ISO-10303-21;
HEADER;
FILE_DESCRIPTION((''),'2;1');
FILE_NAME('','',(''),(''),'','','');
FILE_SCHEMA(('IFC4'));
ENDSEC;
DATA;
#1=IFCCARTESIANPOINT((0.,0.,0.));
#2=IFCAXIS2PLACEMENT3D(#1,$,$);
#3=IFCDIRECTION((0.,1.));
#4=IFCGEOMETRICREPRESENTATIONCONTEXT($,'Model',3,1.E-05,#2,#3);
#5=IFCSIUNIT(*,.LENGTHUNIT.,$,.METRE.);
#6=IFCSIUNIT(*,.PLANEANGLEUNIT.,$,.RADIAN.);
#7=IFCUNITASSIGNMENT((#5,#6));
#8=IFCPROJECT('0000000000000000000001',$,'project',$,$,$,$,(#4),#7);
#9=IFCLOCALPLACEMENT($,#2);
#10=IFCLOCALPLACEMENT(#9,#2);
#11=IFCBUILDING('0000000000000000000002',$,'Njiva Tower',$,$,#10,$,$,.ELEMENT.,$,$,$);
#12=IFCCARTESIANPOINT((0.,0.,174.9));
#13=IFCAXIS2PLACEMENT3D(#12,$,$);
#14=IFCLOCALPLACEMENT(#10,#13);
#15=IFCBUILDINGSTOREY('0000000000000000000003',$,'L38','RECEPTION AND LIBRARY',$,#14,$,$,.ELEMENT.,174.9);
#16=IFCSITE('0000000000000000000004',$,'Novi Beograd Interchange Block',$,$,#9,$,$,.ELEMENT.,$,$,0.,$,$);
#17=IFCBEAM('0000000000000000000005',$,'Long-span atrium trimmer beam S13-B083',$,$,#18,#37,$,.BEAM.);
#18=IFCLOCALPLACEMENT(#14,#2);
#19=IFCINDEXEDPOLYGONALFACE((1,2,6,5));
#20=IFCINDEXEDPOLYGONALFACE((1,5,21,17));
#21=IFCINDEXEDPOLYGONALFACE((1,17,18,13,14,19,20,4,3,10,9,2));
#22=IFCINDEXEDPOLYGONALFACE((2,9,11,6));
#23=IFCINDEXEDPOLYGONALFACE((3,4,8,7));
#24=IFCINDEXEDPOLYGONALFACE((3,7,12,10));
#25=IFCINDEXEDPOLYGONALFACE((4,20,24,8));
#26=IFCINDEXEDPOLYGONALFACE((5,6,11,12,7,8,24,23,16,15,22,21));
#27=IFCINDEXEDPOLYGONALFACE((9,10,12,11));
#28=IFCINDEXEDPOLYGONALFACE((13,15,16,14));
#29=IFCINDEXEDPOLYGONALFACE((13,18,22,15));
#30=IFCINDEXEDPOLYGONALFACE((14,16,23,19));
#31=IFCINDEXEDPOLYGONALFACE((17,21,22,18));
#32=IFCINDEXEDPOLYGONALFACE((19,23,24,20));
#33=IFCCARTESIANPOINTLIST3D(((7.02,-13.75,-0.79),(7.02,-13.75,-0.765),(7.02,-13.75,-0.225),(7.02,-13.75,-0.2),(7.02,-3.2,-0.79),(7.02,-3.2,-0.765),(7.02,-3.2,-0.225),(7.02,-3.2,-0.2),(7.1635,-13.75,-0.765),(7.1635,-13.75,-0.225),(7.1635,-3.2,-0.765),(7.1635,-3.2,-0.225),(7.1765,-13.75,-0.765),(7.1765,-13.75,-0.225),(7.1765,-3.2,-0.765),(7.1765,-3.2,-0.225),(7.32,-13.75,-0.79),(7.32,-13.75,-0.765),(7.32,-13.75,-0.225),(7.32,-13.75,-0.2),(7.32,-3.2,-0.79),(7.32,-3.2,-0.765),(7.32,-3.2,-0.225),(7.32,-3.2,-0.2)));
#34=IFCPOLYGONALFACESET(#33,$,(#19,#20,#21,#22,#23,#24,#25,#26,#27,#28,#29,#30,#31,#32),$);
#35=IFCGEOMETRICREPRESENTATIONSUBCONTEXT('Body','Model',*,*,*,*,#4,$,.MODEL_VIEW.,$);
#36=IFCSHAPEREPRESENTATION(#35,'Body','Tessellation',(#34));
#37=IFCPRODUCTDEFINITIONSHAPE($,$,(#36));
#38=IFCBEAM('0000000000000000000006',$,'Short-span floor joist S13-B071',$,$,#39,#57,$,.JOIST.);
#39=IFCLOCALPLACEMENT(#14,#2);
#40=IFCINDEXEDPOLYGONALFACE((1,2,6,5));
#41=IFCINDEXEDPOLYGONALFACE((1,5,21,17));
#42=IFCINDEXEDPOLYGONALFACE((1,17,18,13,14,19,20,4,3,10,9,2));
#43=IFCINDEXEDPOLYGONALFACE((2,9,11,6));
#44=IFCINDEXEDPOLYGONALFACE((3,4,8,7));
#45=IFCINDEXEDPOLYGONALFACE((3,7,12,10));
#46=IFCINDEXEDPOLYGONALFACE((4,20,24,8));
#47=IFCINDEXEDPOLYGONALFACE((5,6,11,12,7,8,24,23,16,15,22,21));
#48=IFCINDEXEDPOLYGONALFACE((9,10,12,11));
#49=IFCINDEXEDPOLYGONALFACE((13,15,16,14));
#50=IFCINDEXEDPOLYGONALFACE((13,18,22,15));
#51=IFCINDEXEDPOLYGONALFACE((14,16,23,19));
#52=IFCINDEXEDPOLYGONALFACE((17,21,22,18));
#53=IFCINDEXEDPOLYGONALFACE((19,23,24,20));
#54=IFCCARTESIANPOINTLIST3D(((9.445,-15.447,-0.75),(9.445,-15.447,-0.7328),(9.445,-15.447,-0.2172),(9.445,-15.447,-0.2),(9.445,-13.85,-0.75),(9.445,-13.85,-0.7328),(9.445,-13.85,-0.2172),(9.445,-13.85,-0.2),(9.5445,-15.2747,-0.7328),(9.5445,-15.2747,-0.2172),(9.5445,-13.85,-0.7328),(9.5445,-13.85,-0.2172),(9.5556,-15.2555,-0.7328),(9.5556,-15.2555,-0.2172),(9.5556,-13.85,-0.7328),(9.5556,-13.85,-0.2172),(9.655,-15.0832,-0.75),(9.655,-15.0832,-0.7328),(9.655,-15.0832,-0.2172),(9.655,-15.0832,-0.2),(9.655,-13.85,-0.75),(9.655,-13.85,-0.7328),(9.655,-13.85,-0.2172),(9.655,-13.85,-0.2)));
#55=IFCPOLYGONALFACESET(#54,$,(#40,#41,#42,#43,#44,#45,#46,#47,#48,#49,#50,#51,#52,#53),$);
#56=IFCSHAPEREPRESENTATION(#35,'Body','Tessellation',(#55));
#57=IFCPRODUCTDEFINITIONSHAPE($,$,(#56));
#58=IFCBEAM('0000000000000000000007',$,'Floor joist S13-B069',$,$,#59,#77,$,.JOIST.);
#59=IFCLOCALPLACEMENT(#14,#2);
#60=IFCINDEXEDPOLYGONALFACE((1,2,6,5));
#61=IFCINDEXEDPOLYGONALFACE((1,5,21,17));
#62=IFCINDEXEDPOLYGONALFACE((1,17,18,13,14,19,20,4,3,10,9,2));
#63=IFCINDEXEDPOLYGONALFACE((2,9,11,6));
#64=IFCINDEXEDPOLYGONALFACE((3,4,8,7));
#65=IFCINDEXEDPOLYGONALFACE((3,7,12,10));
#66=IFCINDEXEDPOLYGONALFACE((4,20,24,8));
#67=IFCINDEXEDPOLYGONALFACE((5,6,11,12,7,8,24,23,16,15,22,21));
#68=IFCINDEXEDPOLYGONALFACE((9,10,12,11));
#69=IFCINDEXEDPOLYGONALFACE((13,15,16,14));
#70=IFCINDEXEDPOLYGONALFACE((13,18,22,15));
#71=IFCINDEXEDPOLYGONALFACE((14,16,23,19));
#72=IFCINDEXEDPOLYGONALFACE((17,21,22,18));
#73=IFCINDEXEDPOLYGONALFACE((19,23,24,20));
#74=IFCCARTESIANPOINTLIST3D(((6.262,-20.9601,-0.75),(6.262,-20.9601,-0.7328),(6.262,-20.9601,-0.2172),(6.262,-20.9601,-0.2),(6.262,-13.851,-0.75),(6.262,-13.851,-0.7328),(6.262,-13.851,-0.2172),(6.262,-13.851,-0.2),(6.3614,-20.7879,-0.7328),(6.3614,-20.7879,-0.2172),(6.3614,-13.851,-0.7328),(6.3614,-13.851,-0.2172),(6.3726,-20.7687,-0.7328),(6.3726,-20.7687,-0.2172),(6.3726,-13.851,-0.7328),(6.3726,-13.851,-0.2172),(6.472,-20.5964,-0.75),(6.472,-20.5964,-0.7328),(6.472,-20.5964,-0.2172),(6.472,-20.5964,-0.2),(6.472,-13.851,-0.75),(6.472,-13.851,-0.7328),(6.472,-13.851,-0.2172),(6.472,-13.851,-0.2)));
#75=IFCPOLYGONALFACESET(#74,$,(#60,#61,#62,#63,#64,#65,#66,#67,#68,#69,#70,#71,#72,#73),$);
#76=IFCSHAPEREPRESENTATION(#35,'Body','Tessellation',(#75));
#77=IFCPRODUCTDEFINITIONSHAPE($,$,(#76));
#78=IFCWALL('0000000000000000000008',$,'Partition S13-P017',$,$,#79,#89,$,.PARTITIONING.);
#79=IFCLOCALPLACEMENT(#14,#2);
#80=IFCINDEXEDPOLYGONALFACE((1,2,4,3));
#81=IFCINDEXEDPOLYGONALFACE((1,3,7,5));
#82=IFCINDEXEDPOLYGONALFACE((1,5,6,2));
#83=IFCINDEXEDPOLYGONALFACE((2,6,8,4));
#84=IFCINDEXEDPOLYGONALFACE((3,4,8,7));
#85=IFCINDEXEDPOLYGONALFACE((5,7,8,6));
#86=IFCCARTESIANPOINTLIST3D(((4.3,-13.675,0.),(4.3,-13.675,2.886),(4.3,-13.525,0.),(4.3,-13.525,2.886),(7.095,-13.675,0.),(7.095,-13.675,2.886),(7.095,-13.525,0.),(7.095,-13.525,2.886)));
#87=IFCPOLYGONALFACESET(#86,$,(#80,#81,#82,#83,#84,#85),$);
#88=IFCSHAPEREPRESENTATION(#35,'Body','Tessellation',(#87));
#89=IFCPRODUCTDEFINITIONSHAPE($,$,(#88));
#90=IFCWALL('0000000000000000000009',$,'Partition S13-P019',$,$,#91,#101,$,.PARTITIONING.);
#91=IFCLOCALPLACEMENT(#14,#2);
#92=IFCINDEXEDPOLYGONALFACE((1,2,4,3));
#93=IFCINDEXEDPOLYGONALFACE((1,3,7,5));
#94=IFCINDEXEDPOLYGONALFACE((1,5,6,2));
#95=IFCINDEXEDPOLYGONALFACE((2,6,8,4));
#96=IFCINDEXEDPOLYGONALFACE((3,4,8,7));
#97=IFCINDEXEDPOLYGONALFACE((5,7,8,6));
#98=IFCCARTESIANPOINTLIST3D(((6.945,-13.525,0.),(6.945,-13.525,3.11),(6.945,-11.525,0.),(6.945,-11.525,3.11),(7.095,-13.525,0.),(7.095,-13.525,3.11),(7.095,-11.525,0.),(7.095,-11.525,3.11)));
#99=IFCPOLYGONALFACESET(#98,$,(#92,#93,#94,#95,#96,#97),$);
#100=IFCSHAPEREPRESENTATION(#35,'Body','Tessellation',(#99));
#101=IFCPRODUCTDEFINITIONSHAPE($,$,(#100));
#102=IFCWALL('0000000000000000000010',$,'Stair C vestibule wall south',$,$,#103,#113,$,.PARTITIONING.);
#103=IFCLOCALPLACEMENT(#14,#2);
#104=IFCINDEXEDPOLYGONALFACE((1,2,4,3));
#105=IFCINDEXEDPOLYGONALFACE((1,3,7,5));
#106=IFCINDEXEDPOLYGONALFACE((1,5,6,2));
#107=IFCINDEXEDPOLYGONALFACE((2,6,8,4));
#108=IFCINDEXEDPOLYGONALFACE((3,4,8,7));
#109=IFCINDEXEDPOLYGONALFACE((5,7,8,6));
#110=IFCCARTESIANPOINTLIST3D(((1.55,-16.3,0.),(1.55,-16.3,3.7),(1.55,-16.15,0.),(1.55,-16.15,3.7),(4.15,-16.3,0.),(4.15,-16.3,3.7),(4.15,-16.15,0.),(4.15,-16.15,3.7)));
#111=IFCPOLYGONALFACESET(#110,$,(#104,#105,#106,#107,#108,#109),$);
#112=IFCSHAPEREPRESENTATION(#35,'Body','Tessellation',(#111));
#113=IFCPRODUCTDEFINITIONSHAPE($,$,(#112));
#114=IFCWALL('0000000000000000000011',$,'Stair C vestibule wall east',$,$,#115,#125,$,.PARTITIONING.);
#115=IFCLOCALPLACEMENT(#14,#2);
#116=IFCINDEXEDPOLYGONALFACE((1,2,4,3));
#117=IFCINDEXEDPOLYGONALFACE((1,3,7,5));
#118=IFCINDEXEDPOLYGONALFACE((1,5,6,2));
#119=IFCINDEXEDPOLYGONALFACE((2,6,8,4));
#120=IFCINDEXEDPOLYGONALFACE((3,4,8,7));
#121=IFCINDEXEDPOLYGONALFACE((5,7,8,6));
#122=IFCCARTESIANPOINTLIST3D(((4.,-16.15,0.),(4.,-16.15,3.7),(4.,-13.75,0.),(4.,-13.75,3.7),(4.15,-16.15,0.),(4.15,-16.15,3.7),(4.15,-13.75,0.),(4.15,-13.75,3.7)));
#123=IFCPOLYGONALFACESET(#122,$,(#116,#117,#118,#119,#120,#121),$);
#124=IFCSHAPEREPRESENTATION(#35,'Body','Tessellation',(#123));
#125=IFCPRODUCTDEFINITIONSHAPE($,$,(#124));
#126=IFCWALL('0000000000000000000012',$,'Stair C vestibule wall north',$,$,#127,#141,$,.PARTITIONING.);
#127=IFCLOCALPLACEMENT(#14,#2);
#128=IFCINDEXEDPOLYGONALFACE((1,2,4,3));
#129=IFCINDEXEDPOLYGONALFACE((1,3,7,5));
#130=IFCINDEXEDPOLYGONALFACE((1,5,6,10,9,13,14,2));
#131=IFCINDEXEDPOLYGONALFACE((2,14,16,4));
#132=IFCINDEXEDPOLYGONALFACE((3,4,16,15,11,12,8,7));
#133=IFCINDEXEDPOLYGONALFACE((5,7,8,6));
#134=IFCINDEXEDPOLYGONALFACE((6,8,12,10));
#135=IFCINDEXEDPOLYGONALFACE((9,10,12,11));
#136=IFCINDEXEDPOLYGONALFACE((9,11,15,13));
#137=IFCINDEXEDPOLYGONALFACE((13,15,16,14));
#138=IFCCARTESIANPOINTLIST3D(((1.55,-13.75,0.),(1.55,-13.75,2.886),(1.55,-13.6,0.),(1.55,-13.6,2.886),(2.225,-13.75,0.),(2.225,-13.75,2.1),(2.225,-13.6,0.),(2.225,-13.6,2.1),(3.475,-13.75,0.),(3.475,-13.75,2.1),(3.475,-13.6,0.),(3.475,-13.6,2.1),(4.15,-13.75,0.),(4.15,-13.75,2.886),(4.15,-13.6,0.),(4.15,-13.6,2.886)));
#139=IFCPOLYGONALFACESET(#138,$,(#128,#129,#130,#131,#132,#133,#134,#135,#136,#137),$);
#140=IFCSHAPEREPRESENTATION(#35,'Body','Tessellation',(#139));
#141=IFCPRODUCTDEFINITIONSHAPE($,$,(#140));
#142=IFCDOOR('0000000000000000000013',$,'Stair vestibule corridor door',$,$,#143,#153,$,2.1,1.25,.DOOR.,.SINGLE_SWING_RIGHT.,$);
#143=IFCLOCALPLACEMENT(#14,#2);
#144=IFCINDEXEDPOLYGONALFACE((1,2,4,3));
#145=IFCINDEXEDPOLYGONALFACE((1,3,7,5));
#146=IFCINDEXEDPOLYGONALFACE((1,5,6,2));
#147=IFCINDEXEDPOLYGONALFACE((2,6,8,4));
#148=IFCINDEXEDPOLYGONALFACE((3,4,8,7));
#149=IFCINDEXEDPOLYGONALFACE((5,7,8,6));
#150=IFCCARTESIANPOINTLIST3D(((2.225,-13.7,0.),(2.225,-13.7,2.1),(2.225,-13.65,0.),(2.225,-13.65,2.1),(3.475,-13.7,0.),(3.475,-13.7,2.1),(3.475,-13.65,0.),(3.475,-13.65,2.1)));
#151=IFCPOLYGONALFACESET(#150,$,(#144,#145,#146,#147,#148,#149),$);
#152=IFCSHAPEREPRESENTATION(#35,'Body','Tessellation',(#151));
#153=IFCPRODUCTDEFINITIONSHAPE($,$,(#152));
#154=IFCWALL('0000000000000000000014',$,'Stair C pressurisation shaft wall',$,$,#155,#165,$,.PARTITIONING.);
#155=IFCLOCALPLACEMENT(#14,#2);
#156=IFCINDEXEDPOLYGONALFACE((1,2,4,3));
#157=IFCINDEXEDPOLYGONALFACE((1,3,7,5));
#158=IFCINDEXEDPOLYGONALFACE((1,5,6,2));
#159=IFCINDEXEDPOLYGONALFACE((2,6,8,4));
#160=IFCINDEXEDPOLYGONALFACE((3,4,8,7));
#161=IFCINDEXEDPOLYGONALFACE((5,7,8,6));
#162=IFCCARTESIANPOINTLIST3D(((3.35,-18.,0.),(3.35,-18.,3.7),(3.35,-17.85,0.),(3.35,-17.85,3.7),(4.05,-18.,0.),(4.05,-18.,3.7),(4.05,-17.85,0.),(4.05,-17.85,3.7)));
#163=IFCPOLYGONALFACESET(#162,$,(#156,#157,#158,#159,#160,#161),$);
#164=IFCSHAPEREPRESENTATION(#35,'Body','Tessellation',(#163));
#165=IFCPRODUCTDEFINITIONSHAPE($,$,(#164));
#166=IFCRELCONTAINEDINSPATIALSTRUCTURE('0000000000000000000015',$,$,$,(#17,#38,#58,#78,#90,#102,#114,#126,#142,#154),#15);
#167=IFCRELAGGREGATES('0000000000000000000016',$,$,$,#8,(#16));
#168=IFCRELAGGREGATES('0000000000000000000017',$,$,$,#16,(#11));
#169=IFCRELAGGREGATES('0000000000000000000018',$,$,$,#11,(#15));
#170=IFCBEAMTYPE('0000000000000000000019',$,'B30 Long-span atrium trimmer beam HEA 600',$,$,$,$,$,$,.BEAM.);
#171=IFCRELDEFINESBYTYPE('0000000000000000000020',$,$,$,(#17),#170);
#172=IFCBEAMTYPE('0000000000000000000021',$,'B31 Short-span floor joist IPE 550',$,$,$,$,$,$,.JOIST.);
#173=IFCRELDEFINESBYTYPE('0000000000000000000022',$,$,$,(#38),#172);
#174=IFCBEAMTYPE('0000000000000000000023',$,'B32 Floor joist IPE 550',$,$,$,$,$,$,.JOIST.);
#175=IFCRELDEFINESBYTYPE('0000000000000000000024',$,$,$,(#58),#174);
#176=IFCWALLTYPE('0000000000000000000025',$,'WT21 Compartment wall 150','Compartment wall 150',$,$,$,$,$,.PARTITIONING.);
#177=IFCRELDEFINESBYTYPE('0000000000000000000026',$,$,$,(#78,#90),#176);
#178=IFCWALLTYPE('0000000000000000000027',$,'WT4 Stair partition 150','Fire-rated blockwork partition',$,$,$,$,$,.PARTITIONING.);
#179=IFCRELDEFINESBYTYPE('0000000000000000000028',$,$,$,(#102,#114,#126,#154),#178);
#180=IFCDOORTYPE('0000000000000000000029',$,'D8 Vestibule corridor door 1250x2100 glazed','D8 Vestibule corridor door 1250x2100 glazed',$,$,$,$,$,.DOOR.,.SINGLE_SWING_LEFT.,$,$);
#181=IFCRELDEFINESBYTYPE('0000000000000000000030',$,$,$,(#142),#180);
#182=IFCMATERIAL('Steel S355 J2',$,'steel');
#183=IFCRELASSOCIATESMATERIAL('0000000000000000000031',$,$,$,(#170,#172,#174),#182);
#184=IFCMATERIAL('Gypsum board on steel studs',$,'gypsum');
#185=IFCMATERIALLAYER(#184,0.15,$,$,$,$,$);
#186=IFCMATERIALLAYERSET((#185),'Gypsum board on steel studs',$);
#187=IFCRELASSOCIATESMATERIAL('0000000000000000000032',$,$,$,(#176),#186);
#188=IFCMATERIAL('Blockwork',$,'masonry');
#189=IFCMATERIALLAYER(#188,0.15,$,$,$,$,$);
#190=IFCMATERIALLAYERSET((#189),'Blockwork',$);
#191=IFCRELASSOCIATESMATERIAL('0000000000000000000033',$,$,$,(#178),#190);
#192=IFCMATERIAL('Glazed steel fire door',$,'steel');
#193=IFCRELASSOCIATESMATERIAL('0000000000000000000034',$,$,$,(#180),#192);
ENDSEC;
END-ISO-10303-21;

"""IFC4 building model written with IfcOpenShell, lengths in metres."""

from ifc_helpers import new_model, si_unit, direction, frame, frame_2d, origin, origin_2d, place, context, subcontext, project, spatial, rectangle, i_section, extrude, clip, halfspace, material, layer, layer_set, material_profile, profile_set, type_object, element, fill, save


model = new_model("IFC4")

# Units and contexts
model_context = context("Model", 3, precision=1e-05, world=origin(), true_north=direction((0.0, 1.0)))
body_context = subcontext(model_context, "Body", "Model", "MODEL_VIEW")
ifc_project = project(units=[si_unit("LENGTHUNIT", "METRE"), si_unit("PLANEANGLEUNIT", "RADIAN")], contexts=[model_context])

# Site, building, storey
site_placement = place(None, origin())
site = spatial("IfcSite", under=ifc_project, at=site_placement, Name="Novi Beograd Interchange Block", CompositionType="ELEMENT", RefElevation=0.0)
building_placement = place(site_placement, origin())
building = spatial("IfcBuilding", under=site, at=building_placement, Name="Njiva Tower", CompositionType="ELEMENT")
storey_placement = place(building_placement, frame((0.0, 0.0, 174.9)))
storey = spatial("IfcBuildingStorey", under=building, at=storey_placement, Name="L38", Description="RECEPTION AND LIBRARY", CompositionType="ELEMENT", Elevation=174.9)

# Shared definitions
ifc_material_1 = material(Name="Steel S355 J2", Category="steel")

# Beams
ifc_material_profile_1 = material_profile(ifc_material_1, i_section(OverallWidth=0.3, OverallDepth=0.59, WebThickness=0.013, FlangeThickness=0.025, at=origin_2d()), Name="HEA 600")
ifc_profile_set_1 = profile_set([ifc_material_profile_1], Name="Steel S355 J2")
beam_type_1 = type_object("IfcBeamType", Name="B30 Long-span atrium trimmer beam HEA 600", PredefinedType="BEAM", material=ifc_profile_set_1)
beam_1_placement = place(storey_placement, frame((7.17, -13.75, -0.495), z_axis=(0.0, 1.0, 0.0), x_axis=(-1.0, 0.0, 0.0)))
element("IfcBeam", 1, at=beam_1_placement, inside=storey, type_object=beam_type_1, Name="Long-span atrium trimmer beam S13-B083", PredefinedType="BEAM", context=body_context, shape_type="SweptSolid", body=[
    extrude(i_section(OverallWidth=0.3, OverallDepth=0.59, WebThickness=0.013, FlangeThickness=0.025, at=origin_2d()), origin(), (0.0, 0.0, 1.0), 10.55),
])
ifc_material_profile_2 = material_profile(ifc_material_1, i_section(OverallWidth=0.21, OverallDepth=0.55, WebThickness=0.0111, FlangeThickness=0.0172, at=origin_2d()), Name="IPE 550")
ifc_profile_set_2 = profile_set([ifc_material_profile_2], Name="Steel S355 J2")
beam_type_2 = type_object("IfcBeamType", Name="B31 Short-span floor joist IPE 550", PredefinedType="JOIST", material=ifc_profile_set_2)
beam_2_placement = place(storey_placement, frame((9.55, -13.85, -0.475), z_axis=(0.0, -1.0, 0.0), x_axis=(1.0, 0.0, 0.0)))
element("IfcBeam", 2, at=beam_2_placement, inside=storey, type_object=beam_type_2, Name="Short-span floor joist S13-B071", PredefinedType="JOIST", context=body_context, shape_type="Clipping", body=[
    clip(extrude(i_section(OverallWidth=0.21, OverallDepth=0.55, WebThickness=0.0111, FlangeThickness=0.0172, at=origin_2d()), origin(), (0.0, 0.0, 1.0), 1.617), halfspace(frame((0.0433, 0.0, 1.3401), z_axis=(0.866027, 0.0, 0.499998), x_axis=(0.0, 1.0, 0.0)), False)),
])
ifc_material_profile_3 = material_profile(ifc_material_1, i_section(OverallWidth=0.21, OverallDepth=0.55, WebThickness=0.0111, FlangeThickness=0.0172, at=origin_2d()), Name="IPE 550")
ifc_profile_set_3 = profile_set([ifc_material_profile_3], Name="Steel S355 J2")
beam_type_3 = type_object("IfcBeamType", Name="B32 Floor joist IPE 550", PredefinedType="JOIST", material=ifc_profile_set_3)
beam_3_placement = place(storey_placement, frame((6.367, -13.851, -0.475), z_axis=(0.0, -1.0, 0.0), x_axis=(1.0, 0.0, 0.0)))
element("IfcBeam", 3, at=beam_3_placement, inside=storey, type_object=beam_type_3, Name="Floor joist S13-B069", PredefinedType="JOIST", context=body_context, shape_type="Clipping", body=[
    clip(extrude(i_section(OverallWidth=0.21, OverallDepth=0.55, WebThickness=0.0111, FlangeThickness=0.0172, at=origin_2d()), origin(), (0.0, 0.0, 1.0), 7.13), halfspace(frame((0.043, 0.0, 6.8528), z_axis=(0.866027, 0.0, 0.499998), x_axis=(0.0, 1.0, 0.0)), False)),
])

# Walls
ifc_material_2 = material(Name="Gypsum board on steel studs", Category="gypsum")
ifc_layer_1 = layer(ifc_material_2, 0.15)
ifc_layer_set_1 = layer_set([ifc_layer_1], Name="Gypsum board on steel studs")
wall_type_1 = type_object("IfcWallType", Name="WT21 Compartment wall 150", Description="Compartment wall 150", PredefinedType="PARTITIONING", material=ifc_layer_set_1)
wall_1_placement = place(storey_placement, frame((4.3, -13.6, 0.0), z_axis=(0.0, 0.0, 1.0), x_axis=(1.0, 0.0, 0.0)))
element("IfcWall", 4, at=wall_1_placement, inside=storey, type_object=wall_type_1, Name="Partition S13-P017", PredefinedType="PARTITIONING", context=body_context, shape_type="SweptSolid", body=[
    extrude(rectangle(XDim=2.795, YDim=0.15, at=frame_2d((1.3975, 0.0))), origin(), (0.0, 0.0, 1.0), 2.886),
])
wall_2_placement = place(storey_placement, frame((7.02, -13.525, 0.0), z_axis=(0.0, 0.0, 1.0), x_axis=(0.0, 1.0, 0.0)))
element("IfcWall", 5, at=wall_2_placement, inside=storey, type_object=wall_type_1, Name="Partition S13-P019", PredefinedType="PARTITIONING", context=body_context, shape_type="SweptSolid", body=[
    extrude(rectangle(XDim=2.0, YDim=0.15, at=frame_2d((1.0, 0.0))), origin(), (0.0, 0.0, 1.0), 3.11),
])
ifc_material_3 = material(Name="Blockwork", Category="masonry")
ifc_layer_2 = layer(ifc_material_3, 0.15)
ifc_layer_set_2 = layer_set([ifc_layer_2], Name="Blockwork")
wall_type_2 = type_object("IfcWallType", Name="WT4 Stair partition 150", Description="Fire-rated blockwork partition", PredefinedType="PARTITIONING", material=ifc_layer_set_2)
wall_3_placement = place(storey_placement, frame((1.55, -16.225, 0.0), z_axis=(0.0, 0.0, 1.0), x_axis=(1.0, 0.0, 0.0)))
element("IfcWall", 6, at=wall_3_placement, inside=storey, type_object=wall_type_2, Name="Stair C vestibule wall south", PredefinedType="PARTITIONING", context=body_context, shape_type="SweptSolid", body=[
    extrude(rectangle(XDim=2.6, YDim=0.15, at=frame_2d((1.3, 0.0))), origin(), (0.0, 0.0, 1.0), 3.7),
])
wall_4_placement = place(storey_placement, frame((4.075, -16.15, 0.0), z_axis=(0.0, 0.0, 1.0), x_axis=(0.0, 1.0, 0.0)))
element("IfcWall", 7, at=wall_4_placement, inside=storey, type_object=wall_type_2, Name="Stair C vestibule wall east", PredefinedType="PARTITIONING", context=body_context, shape_type="SweptSolid", body=[
    extrude(rectangle(XDim=2.4, YDim=0.15, at=frame_2d((1.2, 0.0))), origin(), (0.0, 0.0, 1.0), 3.7),
])

# Wall, opening, door
wall_5_placement = place(storey_placement, frame((1.55, -13.675, 0.0), z_axis=(0.0, 0.0, 1.0), x_axis=(1.0, 0.0, 0.0)))
wall_5 = element("IfcWall", 8, at=wall_5_placement, inside=storey, type_object=wall_type_2, Name="Stair C vestibule wall north", PredefinedType="PARTITIONING", context=body_context, shape_type="SweptSolid", body=[
    extrude(rectangle(XDim=2.6, YDim=0.15, at=frame_2d((1.3, 0.0))), origin(), (0.0, 0.0, 1.0), 2.886),
])
opening_placement = place(wall_5_placement, frame((0.675, 0.0, 0.0)))
opening = element("IfcOpeningElement", 9, at=opening_placement, cuts=wall_5, PredefinedType="OPENING", context=body_context, shape_type="SweptSolid", body=[
    extrude(rectangle(XDim=1.25, YDim=2.1, at=frame_2d((0.625, 1.05))), frame((0.0, 0.085, 0.0), z_axis=(0.0, -1.0, 0.0), x_axis=(1.0, 0.0, 0.0)), (0.0, 0.0, 1.0), 0.17),
])
ifc_material_4 = material(Name="Glazed steel fire door", Category="steel")
door_type = type_object("IfcDoorType", Name="D8 Vestibule corridor door 1250x2100 glazed", Description="D8 Vestibule corridor door 1250x2100 glazed", OperationType="SINGLE_SWING_LEFT", PredefinedType="DOOR", material=ifc_material_4)
door_placement = place(opening_placement, origin())
door = element("IfcDoor", 10, at=door_placement, inside=storey, type_object=door_type, Name="Stair vestibule corridor door", OperationType="SINGLE_SWING_RIGHT", OverallHeight=2.1, OverallWidth=1.25, PredefinedType="DOOR", context=body_context, shape_type="SweptSolid", body=[
    extrude(rectangle(XDim=1.25, YDim=2.1, at=frame_2d((0.625, 1.05))), frame((0.0, 0.025, 0.0), z_axis=(0.0, -1.0, 0.0), x_axis=(1.0, 0.0, 0.0)), (0.0, 0.0, 1.0), 0.05),
])
fill(opening, door)

# Wall
wall_6_placement = place(storey_placement, frame((3.35, -17.925, 0.0), z_axis=(0.0, 0.0, 1.0), x_axis=(1.0, 0.0, 0.0)))
element("IfcWall", 11, at=wall_6_placement, inside=storey, type_object=wall_type_2, Name="Stair C pressurisation shaft wall", PredefinedType="PARTITIONING", context=body_context, shape_type="SweptSolid", body=[
    extrude(rectangle(XDim=0.7, YDim=0.15, at=frame_2d((0.35, 0.0))), origin(), (0.0, 0.0, 1.0), 3.7),
])

save(model, "model.ifc")
